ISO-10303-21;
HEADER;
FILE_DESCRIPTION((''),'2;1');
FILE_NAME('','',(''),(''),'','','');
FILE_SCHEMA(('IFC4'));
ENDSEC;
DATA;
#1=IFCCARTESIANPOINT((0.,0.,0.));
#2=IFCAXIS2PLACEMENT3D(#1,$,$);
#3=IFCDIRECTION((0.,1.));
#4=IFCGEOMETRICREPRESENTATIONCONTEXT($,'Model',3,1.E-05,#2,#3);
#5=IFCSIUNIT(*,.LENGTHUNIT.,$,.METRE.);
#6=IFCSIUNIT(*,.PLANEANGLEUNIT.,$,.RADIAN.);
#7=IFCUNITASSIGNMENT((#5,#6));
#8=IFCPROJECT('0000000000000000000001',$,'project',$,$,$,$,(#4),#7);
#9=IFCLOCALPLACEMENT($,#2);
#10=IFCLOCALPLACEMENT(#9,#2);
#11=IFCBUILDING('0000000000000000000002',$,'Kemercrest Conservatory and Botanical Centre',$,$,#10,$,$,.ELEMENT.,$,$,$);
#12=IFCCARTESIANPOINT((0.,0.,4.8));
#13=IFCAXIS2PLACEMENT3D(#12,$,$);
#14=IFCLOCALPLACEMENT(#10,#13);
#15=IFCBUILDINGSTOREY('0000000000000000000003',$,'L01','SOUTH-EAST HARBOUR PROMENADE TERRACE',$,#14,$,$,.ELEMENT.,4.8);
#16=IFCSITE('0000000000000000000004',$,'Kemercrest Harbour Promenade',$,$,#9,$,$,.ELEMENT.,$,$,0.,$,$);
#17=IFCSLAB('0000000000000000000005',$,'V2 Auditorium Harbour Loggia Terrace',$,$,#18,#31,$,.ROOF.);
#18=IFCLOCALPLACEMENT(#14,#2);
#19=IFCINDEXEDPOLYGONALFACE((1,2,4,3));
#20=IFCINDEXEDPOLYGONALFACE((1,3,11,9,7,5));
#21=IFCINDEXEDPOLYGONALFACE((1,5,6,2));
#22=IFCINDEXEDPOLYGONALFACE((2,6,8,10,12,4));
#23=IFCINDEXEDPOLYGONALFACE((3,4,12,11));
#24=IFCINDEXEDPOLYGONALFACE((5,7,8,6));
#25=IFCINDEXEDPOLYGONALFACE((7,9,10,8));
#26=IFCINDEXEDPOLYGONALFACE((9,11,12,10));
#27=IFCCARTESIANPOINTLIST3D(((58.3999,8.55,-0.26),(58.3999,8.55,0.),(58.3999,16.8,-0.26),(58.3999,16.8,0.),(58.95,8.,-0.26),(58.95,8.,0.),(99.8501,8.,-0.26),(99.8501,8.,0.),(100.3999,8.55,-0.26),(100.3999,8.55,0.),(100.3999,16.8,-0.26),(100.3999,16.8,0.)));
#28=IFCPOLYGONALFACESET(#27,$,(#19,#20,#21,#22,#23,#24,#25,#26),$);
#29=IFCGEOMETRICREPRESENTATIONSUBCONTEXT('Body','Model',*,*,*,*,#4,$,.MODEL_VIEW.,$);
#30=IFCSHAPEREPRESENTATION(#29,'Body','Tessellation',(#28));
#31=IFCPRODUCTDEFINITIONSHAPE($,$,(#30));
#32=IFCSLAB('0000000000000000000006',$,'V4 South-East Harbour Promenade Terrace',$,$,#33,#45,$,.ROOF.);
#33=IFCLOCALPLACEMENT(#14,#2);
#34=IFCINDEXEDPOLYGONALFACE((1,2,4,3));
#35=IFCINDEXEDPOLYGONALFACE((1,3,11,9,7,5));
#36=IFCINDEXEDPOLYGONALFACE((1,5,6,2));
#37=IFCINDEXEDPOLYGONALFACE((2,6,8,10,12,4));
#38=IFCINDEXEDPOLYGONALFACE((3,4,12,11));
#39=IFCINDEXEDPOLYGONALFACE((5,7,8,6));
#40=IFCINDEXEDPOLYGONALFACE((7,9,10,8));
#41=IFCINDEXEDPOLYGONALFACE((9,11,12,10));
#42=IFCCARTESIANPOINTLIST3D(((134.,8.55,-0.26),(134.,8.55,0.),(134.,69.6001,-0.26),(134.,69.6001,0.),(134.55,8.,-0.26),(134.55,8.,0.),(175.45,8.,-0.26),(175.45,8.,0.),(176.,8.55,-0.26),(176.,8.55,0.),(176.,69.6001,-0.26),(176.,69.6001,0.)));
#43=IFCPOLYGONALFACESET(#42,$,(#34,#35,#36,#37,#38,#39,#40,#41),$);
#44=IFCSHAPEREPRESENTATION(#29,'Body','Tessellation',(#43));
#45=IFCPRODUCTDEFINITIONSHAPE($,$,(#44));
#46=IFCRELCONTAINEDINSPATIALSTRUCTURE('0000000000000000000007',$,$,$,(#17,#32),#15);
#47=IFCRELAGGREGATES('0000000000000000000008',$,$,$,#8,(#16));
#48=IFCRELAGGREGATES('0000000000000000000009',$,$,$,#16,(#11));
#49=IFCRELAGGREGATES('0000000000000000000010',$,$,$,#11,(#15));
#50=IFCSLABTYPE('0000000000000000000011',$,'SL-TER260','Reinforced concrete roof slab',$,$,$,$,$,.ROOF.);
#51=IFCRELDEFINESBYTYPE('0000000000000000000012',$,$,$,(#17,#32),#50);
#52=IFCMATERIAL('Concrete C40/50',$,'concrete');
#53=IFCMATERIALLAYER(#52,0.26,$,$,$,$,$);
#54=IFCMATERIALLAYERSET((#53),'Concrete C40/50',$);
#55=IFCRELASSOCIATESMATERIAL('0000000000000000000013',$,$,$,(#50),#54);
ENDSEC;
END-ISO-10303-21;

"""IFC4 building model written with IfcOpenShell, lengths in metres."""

from ifc_helpers import new_model, si_unit, direction, frame, origin, place, context, subcontext, project, spatial, polyline, outline, extrude, material, layer, layer_set, type_object, element, save


model = new_model("IFC4")

# Units and contexts
model_context = context("Model", 3, precision=1e-05, world=origin(), true_north=direction((0.0, 1.0)))
body_context = subcontext(model_context, "Body", "Model", "MODEL_VIEW")
ifc_project = project(units=[si_unit("LENGTHUNIT", "METRE"), si_unit("PLANEANGLEUNIT", "RADIAN")], contexts=[model_context])

# Site, building, storey
site_placement = place(None, origin())
site = spatial("IfcSite", under=ifc_project, at=site_placement, Name="Kemercrest Harbour Promenade", CompositionType="ELEMENT", RefElevation=0.0)
building_placement = place(site_placement, origin())
building = spatial("IfcBuilding", under=site, at=building_placement, Name="Kemercrest Conservatory and Botanical Centre", CompositionType="ELEMENT")
storey_placement = place(building_placement, frame((0.0, 0.0, 4.8)))
storey = spatial("IfcBuildingStorey", under=building, at=storey_placement, Name="L01", Description="SOUTH-EAST HARBOUR PROMENADE TERRACE", CompositionType="ELEMENT", Elevation=4.8)

# Slabs
ifc_material = material(Name="Concrete C40/50", Category="concrete")
ifc_layer_1 = layer(ifc_material, 0.26)
ifc_layer_set_1 = layer_set([ifc_layer_1], Name="Concrete C40/50")
slab_type_1 = type_object("IfcSlabType", Name="SL-TER260", Description="Reinforced concrete roof slab", PredefinedType="ROOF", material=ifc_layer_set_1)
slab_1_placement = place(storey_placement, frame((0.0, 0.0, -0.26)))
element("IfcSlab", 1, at=slab_1_placement, inside=storey, type_object=slab_type_1, Name="V2 Auditorium Harbour Loggia Terrace", PredefinedType="ROOF", context=body_context, shape_type="SweptSolid", body=[
    extrude(outline(polyline([(58.95, 8.0), (99.8501, 8.0), (100.3999, 8.55), (100.3999, 16.8), (58.3999, 16.8), (58.3999, 8.55), (58.95, 8.0)])), origin(), (0.0, 0.0, 1.0), 0.26),
])
slab_2_placement = place(storey_placement, frame((0.0, 0.0, -0.26)))
element("IfcSlab", 2, at=slab_2_placement, inside=storey, type_object=slab_type_1, Name="V4 South-East Harbour Promenade Terrace", PredefinedType="ROOF", context=body_context, shape_type="SweptSolid", body=[
    extrude(outline(polyline([(134.55, 8.0), (175.45, 8.0), (176.0, 8.55), (176.0, 69.6001), (134.0, 69.6001), (134.0, 8.55), (134.55, 8.0)])), origin(), (0.0, 0.0, 1.0), 0.26),
])

save(model, "model.ifc")
